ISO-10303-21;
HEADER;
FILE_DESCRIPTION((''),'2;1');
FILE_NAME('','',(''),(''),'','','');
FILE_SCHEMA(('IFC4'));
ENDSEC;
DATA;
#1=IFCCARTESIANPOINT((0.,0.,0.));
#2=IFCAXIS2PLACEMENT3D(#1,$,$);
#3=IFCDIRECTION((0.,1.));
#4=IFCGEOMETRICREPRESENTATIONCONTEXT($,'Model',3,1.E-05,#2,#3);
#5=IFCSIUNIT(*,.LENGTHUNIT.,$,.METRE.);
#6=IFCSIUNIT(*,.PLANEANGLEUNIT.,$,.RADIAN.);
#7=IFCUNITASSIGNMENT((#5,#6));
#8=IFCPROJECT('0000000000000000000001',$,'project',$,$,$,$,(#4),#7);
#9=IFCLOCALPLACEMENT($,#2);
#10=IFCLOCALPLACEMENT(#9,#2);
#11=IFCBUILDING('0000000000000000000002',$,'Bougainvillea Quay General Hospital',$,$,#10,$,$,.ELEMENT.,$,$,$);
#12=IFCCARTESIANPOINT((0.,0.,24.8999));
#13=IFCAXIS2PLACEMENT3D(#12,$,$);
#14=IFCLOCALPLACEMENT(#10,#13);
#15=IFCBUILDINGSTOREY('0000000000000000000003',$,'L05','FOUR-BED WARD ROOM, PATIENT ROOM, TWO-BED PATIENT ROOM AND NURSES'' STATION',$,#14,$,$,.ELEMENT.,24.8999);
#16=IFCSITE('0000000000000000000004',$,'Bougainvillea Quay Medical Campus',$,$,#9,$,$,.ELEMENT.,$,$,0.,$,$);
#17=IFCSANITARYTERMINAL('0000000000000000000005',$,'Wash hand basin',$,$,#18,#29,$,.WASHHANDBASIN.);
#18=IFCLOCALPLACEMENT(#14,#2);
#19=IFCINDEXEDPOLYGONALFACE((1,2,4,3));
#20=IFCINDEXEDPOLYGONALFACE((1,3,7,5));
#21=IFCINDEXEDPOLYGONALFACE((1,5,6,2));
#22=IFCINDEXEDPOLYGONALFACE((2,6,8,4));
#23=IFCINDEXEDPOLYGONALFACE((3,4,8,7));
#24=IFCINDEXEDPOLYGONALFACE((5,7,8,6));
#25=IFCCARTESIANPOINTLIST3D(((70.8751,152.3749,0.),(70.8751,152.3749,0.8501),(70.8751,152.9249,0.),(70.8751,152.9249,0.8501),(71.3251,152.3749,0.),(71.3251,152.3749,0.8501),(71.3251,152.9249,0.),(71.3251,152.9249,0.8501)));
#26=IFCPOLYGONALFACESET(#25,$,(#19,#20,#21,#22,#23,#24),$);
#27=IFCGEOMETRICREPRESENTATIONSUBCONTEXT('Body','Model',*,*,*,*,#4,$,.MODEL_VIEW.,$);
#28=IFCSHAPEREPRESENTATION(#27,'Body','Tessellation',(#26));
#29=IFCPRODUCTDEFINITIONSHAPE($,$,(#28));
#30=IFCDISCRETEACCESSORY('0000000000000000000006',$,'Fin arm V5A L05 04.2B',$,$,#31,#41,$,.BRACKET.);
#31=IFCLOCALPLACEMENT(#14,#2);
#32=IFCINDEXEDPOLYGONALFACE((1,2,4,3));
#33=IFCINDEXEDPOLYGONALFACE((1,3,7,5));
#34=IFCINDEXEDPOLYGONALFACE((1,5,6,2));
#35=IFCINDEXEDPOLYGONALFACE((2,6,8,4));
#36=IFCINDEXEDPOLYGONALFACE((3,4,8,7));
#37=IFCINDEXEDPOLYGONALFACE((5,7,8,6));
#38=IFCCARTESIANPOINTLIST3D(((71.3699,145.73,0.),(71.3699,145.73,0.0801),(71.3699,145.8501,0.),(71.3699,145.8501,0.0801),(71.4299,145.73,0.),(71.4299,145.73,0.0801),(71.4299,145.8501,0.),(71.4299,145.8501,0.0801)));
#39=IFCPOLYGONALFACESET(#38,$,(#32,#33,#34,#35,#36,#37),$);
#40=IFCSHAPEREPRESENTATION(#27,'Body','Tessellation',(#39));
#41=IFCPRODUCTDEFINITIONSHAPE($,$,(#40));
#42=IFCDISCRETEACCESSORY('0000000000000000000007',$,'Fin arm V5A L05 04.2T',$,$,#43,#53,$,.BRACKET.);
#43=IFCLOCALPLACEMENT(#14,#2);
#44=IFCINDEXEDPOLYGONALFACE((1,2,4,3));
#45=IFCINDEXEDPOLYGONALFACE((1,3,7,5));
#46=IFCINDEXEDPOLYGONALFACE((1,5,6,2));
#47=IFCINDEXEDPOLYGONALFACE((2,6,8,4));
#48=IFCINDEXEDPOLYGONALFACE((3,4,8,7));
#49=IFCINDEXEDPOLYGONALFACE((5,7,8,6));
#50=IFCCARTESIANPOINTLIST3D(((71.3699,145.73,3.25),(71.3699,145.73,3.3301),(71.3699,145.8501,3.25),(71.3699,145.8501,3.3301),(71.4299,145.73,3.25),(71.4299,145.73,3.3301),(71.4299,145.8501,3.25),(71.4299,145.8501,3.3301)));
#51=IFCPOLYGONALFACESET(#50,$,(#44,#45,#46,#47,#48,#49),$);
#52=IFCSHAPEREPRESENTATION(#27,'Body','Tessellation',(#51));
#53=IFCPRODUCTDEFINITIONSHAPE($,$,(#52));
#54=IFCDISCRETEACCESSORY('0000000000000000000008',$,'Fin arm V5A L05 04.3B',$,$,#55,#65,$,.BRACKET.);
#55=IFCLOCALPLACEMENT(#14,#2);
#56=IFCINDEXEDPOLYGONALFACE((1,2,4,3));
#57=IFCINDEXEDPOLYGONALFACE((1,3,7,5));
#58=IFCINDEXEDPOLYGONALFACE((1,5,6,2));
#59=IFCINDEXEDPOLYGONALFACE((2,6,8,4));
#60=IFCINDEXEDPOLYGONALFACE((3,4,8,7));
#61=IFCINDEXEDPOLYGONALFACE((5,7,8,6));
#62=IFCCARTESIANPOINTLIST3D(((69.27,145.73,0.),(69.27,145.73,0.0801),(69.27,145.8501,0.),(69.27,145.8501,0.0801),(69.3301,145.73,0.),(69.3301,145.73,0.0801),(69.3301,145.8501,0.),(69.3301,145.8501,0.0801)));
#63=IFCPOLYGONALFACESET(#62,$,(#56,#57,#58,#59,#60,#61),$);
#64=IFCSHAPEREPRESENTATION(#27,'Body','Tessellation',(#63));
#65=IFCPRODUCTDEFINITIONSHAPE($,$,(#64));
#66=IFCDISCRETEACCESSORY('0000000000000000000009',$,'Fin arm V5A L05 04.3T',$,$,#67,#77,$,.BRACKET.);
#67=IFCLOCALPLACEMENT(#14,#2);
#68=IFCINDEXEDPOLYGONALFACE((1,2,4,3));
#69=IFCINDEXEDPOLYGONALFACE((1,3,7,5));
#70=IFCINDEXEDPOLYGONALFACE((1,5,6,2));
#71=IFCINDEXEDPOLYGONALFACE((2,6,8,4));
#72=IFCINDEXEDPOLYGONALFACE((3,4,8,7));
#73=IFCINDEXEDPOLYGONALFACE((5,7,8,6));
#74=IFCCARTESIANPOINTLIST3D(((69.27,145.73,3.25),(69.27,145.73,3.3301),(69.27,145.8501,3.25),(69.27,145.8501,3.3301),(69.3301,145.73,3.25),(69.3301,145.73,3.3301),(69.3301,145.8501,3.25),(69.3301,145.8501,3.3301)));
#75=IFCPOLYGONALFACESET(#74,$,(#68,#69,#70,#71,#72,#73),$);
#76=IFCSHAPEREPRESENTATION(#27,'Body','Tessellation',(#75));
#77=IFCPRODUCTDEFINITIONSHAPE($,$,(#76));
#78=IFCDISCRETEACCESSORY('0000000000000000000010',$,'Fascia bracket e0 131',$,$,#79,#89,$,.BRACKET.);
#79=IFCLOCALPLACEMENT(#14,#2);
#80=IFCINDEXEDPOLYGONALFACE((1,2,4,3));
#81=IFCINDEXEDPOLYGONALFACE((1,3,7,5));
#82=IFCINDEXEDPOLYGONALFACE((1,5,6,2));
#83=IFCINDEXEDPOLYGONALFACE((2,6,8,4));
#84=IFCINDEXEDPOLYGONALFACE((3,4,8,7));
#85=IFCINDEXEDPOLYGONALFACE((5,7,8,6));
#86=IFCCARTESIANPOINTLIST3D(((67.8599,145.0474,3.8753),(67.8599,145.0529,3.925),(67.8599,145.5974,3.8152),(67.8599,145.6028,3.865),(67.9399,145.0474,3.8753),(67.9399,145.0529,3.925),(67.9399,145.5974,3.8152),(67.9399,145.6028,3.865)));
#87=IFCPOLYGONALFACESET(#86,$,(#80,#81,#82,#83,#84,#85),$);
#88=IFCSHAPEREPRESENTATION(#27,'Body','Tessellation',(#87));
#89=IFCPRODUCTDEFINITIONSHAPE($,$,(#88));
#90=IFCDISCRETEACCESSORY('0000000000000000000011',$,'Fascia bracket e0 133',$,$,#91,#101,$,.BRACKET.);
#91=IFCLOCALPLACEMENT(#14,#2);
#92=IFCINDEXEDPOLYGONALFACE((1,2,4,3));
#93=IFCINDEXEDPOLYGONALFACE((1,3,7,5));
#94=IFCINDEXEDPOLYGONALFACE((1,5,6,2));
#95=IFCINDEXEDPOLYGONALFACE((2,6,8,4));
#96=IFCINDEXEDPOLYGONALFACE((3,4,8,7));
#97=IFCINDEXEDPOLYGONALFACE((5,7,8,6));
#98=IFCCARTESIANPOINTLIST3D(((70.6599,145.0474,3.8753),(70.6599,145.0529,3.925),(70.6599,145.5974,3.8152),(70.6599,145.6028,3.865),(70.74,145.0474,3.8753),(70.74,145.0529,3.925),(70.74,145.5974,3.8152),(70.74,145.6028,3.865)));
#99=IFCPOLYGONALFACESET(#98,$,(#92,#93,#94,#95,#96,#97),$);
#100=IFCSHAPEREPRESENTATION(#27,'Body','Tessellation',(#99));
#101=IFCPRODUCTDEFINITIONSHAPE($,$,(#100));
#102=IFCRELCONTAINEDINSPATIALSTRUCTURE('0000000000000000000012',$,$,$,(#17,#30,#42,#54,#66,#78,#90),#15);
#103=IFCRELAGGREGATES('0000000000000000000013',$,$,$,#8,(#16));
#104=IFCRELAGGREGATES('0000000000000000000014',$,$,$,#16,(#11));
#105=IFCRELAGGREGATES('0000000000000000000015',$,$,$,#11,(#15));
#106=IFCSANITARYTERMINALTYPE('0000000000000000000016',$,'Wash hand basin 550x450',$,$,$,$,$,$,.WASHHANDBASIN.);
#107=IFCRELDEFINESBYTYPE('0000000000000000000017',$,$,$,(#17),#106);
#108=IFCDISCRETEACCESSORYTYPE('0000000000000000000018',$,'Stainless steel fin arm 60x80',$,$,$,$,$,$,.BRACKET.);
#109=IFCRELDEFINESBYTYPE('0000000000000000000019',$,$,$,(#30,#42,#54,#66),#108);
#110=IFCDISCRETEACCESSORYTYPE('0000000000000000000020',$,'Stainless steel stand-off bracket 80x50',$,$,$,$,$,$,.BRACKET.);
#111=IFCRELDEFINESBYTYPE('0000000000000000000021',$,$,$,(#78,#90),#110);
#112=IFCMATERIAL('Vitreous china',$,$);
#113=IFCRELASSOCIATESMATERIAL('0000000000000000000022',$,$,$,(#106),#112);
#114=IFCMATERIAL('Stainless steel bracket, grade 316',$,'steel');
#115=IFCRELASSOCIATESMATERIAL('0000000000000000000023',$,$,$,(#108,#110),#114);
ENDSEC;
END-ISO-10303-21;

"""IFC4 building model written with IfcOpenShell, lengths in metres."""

from ifc_helpers import new_model, si_unit, direction, frame, origin, origin_2d, place, context, subcontext, project, spatial, rectangle, extrude, material, material_profile, profile_set, type_object, element, save


model = new_model("IFC4")

# Units and contexts
model_context = context("Model", 3, precision=1e-05, world=origin(), true_north=direction((0.0, 1.0)))
body_context = subcontext(model_context, "Body", "Model", "MODEL_VIEW")
ifc_project = project(units=[si_unit("LENGTHUNIT", "METRE"), si_unit("PLANEANGLEUNIT", "RADIAN")], contexts=[model_context])

# Site, building, storey
site_placement = place(None, origin())
site = spatial("IfcSite", under=ifc_project, at=site_placement, Name="Bougainvillea Quay Medical Campus", CompositionType="ELEMENT", RefElevation=0.0)
building_placement = place(site_placement, origin())
building = spatial("IfcBuilding", under=site, at=building_placement, Name="Bougainvillea Quay General Hospital", CompositionType="ELEMENT")
storey_placement = place(building_placement, frame((0.0, 0.0, 24.8999)))
storey = spatial("IfcBuildingStorey", under=building, at=storey_placement, Name="L05", Description="FOUR-BED WARD ROOM, PATIENT ROOM, TWO-BED PATIENT ROOM AND NURSES' STATION", CompositionType="ELEMENT", Elevation=24.8999)

# Sanitary terminal
ifc_material_1 = material(Name="Vitreous china")
sanitary_terminal_type_1 = type_object("IfcSanitaryTerminalType", Name="Wash hand basin 550x450", PredefinedType="WASHHANDBASIN", material=ifc_material_1)
sanitary_terminal_1_placement = place(storey_placement, frame((71.1001, 152.6499, 0.0), z_axis=(0.0, 0.0, 1.0), x_axis=(0.0, -1.0, 0.0)))
element("IfcSanitaryTerminal", 1, at=sanitary_terminal_1_placement, inside=storey, type_object=sanitary_terminal_type_1, Name="Wash hand basin", PredefinedType="WASHHANDBASIN", context=body_context, shape_type="SweptSolid", body=[
    extrude(rectangle(XDim=0.55, YDim=0.45, at=origin_2d()), origin(), (0.0, 0.0, 1.0), 0.8501),
])

# Discrete accessories
ifc_material_2 = material(Name="Stainless steel bracket, grade 316", Category="steel")
discrete_accessory_type_1 = type_object("IfcDiscreteAccessoryType", Name="Stainless steel fin arm 60x80", PredefinedType="BRACKET", material=ifc_material_2)
for number, where, z_axis, x_axis, name in (
    (2, (71.3999, 145.79, 0.0), (0.0, 0.0, 1.0), (0.0, -1.0, 0.0), "Fin arm V5A L05 04.2B"),
    (3, (71.3999, 145.79, 3.25), (0.0, 0.0, 1.0), (0.0, -1.0, 0.0), "Fin arm V5A L05 04.2T"),
    (4, (69.3, 145.79, 0.0), (0.0, 0.0, 1.0), (0.0, -1.0, 0.0), "Fin arm V5A L05 04.3B"),
    (5, (69.3, 145.79, 3.25), (0.0, 0.0, 1.0), (0.0, -1.0, 0.0), "Fin arm V5A L05 04.3T"),
):
    element("IfcDiscreteAccessory", number, at=place(storey_placement, frame(where, z_axis=z_axis, x_axis=x_axis)), inside=storey, type_object=discrete_accessory_type_1, Name=name, PredefinedType="BRACKET", context=body_context, shape_type="SweptSolid", body=[
        extrude(rectangle(XDim=0.1201, YDim=0.0601, at=origin_2d()), origin(), (0.0, 0.0, 1.0), 0.0801),
    ])
ifc_material_profile_1 = material_profile(ifc_material_2, rectangle(XDim=0.0801, YDim=0.05, at=origin_2d()))
ifc_profile_set_1 = profile_set([ifc_material_profile_1], Name="Stainless steel bracket, grade 316")
discrete_accessory_type_2 = type_object("IfcDiscreteAccessoryType", Name="Stainless steel stand-off bracket 80x50", PredefinedType="BRACKET", material=ifc_profile_set_1)
for number, where, z_axis, x_axis, name in (
    (6, (67.8999, 145.6001, 3.8401), (0.0, -0.994092, 0.108543), (1.0, 0.0, 0.0), "Fascia bracket e0 131"),
    (7, (70.7, 145.6001, 3.8401), (0.0, -0.994092, 0.108543), (1.0, 0.0, 0.0), "Fascia bracket e0 133"),
):
    element("IfcDiscreteAccessory", number, at=place(storey_placement, frame(where, z_axis=z_axis, x_axis=x_axis)), inside=storey, type_object=discrete_accessory_type_2, Name=name, PredefinedType="BRACKET", context=body_context, shape_type="SweptSolid", body=[
        extrude(rectangle(XDim=0.0801, YDim=0.05, at=origin_2d()), origin(), (0.0, 0.0, 1.0), 0.5532),
    ])

save(model, "model.ifc")
